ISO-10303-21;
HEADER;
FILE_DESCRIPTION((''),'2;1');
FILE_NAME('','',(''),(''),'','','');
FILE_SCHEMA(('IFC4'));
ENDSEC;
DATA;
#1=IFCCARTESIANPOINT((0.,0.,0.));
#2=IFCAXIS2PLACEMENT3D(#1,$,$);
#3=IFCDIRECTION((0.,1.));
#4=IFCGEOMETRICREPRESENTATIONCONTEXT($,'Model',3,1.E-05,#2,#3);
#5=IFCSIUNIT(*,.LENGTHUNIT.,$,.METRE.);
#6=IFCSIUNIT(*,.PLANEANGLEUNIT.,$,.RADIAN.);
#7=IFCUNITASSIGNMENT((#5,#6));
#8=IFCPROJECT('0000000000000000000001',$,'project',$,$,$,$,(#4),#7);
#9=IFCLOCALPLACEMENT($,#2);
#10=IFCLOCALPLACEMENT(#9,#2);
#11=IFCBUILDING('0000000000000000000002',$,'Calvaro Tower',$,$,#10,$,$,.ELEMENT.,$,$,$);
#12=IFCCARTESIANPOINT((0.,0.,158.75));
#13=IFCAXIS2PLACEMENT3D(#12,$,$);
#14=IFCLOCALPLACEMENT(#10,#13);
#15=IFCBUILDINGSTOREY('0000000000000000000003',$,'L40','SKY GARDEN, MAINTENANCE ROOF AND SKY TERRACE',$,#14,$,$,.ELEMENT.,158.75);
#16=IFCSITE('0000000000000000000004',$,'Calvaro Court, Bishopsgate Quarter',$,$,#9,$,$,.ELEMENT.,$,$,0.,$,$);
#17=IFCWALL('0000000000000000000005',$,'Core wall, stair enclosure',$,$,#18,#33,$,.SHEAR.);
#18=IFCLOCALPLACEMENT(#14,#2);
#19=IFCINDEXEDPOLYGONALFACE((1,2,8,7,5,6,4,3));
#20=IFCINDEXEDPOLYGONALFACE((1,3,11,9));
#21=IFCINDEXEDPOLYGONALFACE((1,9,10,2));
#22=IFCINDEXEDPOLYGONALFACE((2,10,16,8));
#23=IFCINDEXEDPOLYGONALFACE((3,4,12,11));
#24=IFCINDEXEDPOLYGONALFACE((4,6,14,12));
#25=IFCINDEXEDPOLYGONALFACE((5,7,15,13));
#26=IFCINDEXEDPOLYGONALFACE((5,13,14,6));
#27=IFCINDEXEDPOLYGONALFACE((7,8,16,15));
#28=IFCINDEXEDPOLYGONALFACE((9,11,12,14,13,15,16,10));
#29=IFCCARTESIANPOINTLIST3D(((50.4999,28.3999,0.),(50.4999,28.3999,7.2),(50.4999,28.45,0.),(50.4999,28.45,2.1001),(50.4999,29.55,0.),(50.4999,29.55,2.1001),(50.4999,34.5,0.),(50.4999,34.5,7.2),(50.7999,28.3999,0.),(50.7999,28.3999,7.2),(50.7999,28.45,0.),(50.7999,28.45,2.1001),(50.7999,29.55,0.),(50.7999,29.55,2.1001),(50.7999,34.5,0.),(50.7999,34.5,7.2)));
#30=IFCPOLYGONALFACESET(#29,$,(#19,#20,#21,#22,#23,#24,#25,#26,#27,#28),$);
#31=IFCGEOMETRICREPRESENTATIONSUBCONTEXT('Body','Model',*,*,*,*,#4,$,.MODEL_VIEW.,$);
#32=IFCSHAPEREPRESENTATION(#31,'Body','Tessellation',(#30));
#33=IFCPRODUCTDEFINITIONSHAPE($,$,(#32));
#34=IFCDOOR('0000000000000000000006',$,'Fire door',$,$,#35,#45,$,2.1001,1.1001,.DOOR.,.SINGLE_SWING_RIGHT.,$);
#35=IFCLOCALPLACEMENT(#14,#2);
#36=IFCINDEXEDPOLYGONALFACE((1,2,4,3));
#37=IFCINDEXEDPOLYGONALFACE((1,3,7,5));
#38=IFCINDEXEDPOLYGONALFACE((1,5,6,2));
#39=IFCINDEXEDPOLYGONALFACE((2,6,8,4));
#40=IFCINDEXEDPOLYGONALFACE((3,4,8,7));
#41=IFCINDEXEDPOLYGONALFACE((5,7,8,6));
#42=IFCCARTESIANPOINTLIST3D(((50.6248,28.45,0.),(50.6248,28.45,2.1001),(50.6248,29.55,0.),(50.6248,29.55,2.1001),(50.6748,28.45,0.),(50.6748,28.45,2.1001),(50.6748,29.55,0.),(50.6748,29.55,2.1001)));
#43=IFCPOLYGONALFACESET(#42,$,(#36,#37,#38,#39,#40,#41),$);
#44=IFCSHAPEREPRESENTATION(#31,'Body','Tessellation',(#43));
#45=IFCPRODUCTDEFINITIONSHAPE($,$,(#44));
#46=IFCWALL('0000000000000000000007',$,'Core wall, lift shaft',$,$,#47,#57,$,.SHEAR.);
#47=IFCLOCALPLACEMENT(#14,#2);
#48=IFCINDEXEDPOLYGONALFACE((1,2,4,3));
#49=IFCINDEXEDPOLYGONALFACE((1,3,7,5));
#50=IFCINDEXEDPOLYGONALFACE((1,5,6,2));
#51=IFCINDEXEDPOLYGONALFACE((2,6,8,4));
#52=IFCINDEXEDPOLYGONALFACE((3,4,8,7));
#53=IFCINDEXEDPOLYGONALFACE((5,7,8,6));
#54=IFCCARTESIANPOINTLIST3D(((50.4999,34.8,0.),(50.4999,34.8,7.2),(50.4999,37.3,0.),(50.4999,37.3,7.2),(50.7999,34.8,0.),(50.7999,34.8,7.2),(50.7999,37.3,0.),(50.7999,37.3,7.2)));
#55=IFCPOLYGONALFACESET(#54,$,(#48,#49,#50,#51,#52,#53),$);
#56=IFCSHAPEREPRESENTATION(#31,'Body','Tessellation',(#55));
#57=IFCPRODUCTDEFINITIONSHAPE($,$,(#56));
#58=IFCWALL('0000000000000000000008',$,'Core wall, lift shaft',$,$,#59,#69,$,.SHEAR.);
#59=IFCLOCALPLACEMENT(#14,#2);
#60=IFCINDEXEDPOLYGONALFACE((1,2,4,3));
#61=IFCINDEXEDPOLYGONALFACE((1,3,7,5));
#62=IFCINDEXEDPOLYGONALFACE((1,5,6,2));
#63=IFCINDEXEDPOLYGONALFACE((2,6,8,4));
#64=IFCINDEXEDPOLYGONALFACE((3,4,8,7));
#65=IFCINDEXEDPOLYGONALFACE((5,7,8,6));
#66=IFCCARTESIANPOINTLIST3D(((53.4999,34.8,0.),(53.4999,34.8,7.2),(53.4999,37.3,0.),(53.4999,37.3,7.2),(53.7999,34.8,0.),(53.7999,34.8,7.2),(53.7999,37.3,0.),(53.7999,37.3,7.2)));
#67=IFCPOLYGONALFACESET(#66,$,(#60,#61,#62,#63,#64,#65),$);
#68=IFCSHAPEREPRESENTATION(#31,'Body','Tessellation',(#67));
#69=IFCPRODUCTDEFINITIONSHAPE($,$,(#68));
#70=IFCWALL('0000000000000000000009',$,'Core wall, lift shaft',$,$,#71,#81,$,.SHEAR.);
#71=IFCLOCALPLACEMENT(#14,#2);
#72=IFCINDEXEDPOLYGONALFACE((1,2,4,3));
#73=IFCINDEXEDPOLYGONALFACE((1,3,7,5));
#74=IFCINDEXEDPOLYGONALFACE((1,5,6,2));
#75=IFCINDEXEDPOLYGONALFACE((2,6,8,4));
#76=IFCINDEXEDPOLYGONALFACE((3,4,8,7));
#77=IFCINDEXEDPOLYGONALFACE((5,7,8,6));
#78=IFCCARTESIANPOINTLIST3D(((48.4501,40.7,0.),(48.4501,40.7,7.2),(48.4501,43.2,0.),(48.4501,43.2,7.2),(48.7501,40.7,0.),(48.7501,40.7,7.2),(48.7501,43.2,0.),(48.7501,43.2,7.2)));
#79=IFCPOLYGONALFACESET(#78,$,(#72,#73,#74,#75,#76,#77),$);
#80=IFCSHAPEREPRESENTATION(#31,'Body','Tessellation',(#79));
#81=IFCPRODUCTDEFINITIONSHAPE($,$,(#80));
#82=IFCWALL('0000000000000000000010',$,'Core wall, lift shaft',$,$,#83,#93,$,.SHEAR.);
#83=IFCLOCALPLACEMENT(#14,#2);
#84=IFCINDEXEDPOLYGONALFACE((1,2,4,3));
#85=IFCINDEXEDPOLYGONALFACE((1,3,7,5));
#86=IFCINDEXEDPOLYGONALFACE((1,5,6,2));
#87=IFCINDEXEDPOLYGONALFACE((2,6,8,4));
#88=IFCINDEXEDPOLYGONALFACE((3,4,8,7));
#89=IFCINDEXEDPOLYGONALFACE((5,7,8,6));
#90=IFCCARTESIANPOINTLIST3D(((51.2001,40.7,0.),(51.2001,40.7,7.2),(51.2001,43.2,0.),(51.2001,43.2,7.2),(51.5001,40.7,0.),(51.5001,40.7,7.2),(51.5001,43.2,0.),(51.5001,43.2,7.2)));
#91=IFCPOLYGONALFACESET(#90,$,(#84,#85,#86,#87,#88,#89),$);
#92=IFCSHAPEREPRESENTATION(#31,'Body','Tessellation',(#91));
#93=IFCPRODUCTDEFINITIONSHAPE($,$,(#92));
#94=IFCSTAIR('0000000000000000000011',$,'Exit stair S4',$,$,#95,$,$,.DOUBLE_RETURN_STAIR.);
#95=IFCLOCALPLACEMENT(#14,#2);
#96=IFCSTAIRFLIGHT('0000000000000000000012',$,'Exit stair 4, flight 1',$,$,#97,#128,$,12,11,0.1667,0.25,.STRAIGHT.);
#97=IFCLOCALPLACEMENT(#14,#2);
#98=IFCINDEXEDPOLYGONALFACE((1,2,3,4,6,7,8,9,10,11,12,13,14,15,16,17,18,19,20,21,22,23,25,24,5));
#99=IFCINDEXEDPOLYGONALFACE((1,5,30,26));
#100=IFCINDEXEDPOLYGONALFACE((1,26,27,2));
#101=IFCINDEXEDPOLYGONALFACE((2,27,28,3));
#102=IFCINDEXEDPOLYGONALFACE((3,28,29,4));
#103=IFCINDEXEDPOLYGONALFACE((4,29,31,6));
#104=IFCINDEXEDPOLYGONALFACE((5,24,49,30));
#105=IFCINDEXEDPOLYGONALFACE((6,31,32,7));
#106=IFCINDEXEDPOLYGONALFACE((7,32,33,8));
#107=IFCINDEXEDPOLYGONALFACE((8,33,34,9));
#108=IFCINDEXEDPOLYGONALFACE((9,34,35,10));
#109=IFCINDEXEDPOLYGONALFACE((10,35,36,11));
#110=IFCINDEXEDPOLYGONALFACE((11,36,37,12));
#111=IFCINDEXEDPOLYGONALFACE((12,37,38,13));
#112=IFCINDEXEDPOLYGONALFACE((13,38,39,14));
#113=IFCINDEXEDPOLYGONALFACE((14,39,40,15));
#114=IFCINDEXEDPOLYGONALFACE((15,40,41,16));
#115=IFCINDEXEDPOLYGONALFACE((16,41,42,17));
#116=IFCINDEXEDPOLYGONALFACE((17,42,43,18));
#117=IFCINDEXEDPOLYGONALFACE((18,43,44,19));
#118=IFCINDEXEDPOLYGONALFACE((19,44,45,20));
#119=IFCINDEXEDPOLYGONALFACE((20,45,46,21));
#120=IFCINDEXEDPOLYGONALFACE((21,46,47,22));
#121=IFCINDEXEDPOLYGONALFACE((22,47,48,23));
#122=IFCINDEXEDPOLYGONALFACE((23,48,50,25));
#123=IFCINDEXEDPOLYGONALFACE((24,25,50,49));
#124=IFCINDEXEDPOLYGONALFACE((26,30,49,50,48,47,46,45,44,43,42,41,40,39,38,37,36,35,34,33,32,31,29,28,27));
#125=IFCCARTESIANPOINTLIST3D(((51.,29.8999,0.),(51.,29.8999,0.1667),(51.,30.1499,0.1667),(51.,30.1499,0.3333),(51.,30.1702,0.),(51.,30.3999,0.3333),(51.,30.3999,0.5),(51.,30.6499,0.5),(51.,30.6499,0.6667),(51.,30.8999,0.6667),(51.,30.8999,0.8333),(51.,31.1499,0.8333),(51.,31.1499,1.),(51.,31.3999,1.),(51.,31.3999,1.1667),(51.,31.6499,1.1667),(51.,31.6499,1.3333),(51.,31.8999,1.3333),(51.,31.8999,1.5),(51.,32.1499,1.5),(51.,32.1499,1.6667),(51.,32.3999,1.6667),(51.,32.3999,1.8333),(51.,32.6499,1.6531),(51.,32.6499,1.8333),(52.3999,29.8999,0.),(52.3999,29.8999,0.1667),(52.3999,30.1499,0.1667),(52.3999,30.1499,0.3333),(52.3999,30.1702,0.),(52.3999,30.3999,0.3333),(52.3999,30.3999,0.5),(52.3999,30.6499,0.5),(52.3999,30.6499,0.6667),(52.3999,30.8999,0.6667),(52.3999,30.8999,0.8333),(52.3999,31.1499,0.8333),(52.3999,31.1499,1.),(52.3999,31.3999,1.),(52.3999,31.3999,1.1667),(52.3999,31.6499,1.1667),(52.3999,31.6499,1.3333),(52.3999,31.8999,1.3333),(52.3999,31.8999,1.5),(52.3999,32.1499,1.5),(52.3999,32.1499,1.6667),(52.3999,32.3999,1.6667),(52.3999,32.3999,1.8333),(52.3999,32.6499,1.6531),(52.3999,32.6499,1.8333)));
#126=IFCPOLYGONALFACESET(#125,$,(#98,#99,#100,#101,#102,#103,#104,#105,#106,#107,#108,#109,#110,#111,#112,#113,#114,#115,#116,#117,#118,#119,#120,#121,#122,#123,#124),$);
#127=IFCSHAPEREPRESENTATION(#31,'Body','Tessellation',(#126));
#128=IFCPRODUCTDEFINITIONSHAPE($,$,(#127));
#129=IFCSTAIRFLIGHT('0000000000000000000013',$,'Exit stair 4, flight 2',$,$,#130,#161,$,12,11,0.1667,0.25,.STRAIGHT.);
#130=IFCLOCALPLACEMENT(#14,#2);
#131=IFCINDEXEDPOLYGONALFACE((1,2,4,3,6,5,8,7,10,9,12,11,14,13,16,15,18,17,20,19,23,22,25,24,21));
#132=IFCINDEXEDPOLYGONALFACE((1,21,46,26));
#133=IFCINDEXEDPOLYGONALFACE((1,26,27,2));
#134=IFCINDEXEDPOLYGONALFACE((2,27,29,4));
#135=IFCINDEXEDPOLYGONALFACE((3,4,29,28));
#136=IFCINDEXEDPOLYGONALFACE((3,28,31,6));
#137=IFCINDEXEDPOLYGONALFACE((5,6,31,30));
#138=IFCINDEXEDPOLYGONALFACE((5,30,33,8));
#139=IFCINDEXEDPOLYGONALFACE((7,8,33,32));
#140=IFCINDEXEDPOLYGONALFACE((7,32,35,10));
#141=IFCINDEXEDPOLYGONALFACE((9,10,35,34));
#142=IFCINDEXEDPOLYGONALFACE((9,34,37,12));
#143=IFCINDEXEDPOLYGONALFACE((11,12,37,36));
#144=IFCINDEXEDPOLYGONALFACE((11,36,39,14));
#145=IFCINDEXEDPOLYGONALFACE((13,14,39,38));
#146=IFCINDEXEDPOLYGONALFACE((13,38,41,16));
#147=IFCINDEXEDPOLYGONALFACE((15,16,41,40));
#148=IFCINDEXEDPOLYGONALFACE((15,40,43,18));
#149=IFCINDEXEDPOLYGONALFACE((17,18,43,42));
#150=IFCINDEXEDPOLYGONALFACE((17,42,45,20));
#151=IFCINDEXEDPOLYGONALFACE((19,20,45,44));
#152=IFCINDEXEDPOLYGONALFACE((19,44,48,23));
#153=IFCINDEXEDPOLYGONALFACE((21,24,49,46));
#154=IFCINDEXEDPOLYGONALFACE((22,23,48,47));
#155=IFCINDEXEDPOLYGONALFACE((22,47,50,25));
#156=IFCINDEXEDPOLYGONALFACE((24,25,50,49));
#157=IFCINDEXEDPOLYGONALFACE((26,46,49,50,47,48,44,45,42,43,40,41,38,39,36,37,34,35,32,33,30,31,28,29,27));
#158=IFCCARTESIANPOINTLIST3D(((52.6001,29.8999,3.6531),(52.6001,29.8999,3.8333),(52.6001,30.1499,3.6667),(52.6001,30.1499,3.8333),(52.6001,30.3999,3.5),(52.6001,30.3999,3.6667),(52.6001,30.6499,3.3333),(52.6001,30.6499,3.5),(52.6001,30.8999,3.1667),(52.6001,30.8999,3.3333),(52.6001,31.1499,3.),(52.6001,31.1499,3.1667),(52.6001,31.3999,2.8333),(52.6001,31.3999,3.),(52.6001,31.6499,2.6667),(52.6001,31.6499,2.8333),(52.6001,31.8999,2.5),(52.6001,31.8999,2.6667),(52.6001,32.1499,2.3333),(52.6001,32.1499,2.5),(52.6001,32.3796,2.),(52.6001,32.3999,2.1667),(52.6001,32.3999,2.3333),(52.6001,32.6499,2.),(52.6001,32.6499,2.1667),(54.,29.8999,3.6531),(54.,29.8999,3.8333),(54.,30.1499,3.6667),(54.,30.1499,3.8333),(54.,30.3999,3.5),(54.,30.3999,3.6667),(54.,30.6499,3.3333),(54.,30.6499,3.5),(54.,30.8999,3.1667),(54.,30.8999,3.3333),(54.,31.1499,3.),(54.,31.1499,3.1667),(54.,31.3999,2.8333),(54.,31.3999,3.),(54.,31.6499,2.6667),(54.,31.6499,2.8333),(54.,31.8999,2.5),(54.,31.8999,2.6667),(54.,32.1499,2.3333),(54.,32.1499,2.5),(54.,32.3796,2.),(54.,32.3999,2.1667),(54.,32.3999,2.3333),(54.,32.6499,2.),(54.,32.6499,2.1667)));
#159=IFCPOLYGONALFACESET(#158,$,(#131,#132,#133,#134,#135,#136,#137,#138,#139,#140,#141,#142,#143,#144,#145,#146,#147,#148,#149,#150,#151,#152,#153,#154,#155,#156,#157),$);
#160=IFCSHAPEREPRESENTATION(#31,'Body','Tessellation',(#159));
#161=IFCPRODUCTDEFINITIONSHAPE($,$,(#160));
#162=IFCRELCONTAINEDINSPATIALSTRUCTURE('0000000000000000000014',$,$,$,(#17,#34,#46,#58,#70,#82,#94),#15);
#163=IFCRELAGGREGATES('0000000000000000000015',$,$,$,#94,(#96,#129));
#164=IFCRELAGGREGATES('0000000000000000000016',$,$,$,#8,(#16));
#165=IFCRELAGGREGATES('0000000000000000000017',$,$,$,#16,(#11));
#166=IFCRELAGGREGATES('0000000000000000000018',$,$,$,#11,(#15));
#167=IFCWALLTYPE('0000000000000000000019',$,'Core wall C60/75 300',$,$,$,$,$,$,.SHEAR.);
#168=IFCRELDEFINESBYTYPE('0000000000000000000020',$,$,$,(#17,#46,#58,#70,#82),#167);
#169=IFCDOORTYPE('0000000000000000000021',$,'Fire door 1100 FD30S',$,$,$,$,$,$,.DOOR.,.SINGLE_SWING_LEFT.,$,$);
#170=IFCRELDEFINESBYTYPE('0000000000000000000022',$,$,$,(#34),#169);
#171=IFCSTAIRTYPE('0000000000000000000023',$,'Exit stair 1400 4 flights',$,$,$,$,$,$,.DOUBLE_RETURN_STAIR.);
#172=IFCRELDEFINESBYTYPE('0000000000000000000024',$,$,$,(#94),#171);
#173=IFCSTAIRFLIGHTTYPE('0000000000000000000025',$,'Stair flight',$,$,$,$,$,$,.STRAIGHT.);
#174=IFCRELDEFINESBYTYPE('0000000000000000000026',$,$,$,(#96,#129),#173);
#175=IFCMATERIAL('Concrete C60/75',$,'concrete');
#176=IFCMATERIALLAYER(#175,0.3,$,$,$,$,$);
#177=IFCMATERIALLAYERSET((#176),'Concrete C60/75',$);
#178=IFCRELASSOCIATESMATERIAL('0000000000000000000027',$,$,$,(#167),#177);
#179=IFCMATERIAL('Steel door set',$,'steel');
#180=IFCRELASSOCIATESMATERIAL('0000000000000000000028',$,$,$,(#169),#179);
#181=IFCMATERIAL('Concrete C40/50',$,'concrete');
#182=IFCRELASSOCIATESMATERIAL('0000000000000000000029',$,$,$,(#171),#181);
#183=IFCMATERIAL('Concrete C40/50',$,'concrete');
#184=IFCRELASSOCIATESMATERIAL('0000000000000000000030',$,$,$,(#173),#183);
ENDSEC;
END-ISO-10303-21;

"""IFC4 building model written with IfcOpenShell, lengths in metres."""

from ifc_helpers import new_model, si_unit, direction, frame, frame_2d, origin, place, context, subcontext, project, spatial, polyline, rectangle, outline, extrude, material, layer, layer_set, type_object, element, fill, aggregate, save


model = new_model("IFC4")

# Units and contexts
model_context = context("Model", 3, precision=1e-05, world=origin(), true_north=direction((0.0, 1.0)))
body_context = subcontext(model_context, "Body", "Model", "MODEL_VIEW")
ifc_project = project(units=[si_unit("LENGTHUNIT", "METRE"), si_unit("PLANEANGLEUNIT", "RADIAN")], contexts=[model_context])

# Site, building, storey
site_placement = place(None, origin())
site = spatial("IfcSite", under=ifc_project, at=site_placement, Name="Calvaro Court, Bishopsgate Quarter", CompositionType="ELEMENT", RefElevation=0.0)
building_placement = place(site_placement, origin())
building = spatial("IfcBuilding", under=site, at=building_placement, Name="Calvaro Tower", CompositionType="ELEMENT")
storey_placement = place(building_placement, frame((0.0, 0.0, 158.75)))
storey = spatial("IfcBuildingStorey", under=building, at=storey_placement, Name="L40", Description="SKY GARDEN, MAINTENANCE ROOF AND SKY TERRACE", CompositionType="ELEMENT", Elevation=158.75)

# Wall, opening, door
ifc_material_1 = material(Name="Concrete C60/75", Category="concrete")
ifc_layer = layer(ifc_material_1, 0.3)
ifc_layer_set = layer_set([ifc_layer], Name="Concrete C60/75")
wall_type = type_object("IfcWallType", Name="Core wall C60/75 300", PredefinedType="SHEAR", material=ifc_layer_set)
wall_placement = place(storey_placement, frame((50.6499, 34.5, 0.0), z_axis=(0.0, 0.0, 1.0), x_axis=(0.0, -1.0, 0.0)))
wall = element("IfcWall", 1, at=wall_placement, inside=storey, type_object=wall_type, Name="Core wall, stair enclosure", PredefinedType="SHEAR", context=body_context, shape_type="SweptSolid", body=[
    extrude(rectangle(XDim=6.1001, YDim=0.3, at=frame_2d((3.05, 0.0))), origin(), (0.0, 0.0, 1.0), 7.2),
])
opening_placement = place(wall_placement, frame((4.95, 0.0, 0.0)))
opening = element("IfcOpeningElement", 2, at=opening_placement, cuts=wall, PredefinedType="OPENING", context=body_context, shape_type="SweptSolid", body=[
    extrude(rectangle(XDim=1.1001, YDim=2.1001, at=frame_2d((0.55, 1.05))), frame((0.0, 0.1599, 0.0), z_axis=(0.0, -1.0, 0.0), x_axis=(1.0, 0.0, 0.0)), (0.0, 0.0, 1.0), 0.3201),
])
ifc_material_2 = material(Name="Steel door set", Category="steel")
door_type = type_object("IfcDoorType", Name="Fire door 1100 FD30S", OperationType="SINGLE_SWING_LEFT", PredefinedType="DOOR", material=ifc_material_2)
door_placement = place(opening_placement, origin())
door = element("IfcDoor", 3, at=door_placement, inside=storey, type_object=door_type, Name="Fire door", OperationType="SINGLE_SWING_RIGHT", OverallHeight=2.1001, OverallWidth=1.1001, PredefinedType="DOOR", context=body_context, shape_type="SweptSolid", body=[
    extrude(rectangle(XDim=1.1001, YDim=2.1001, at=frame_2d((0.55, 1.05))), frame((0.0, 0.0249, 0.0), z_axis=(0.0, -1.0, 0.0), x_axis=(1.0, 0.0, 0.0)), (0.0, 0.0, 1.0), 0.05),
])
fill(opening, door)

# Walls
for number, where, z_axis, x_axis, name in (
    (4, (50.6499, 34.8, 0.0), (0.0, 0.0, 1.0), (0.0, 1.0, 0.0), "Core wall, lift shaft"),
    (5, (53.6499, 34.8, 0.0), (0.0, 0.0, 1.0), (0.0, 1.0, 0.0), "Core wall, lift shaft"),
    (6, (48.6001, 40.7, 0.0), (0.0, 0.0, 1.0), (0.0, 1.0, 0.0), "Core wall, lift shaft"),
    (7, (51.3501, 40.7, 0.0), (0.0, 0.0, 1.0), (0.0, 1.0, 0.0), "Core wall, lift shaft"),
):
    element("IfcWall", number, at=place(storey_placement, frame(where, z_axis=z_axis, x_axis=x_axis)), inside=storey, type_object=wall_type, Name=name, PredefinedType="SHEAR", context=body_context, shape_type="SweptSolid", body=[
        extrude(rectangle(XDim=2.5, YDim=0.3, at=frame_2d((1.25, 0.0))), origin(), (0.0, 0.0, 1.0), 7.2),
    ])

# Stair, stair flights
ifc_material_3 = material(Name="Concrete C40/50", Category="concrete")
stair_type = type_object("IfcStairType", Name="Exit stair 1400 4 flights", PredefinedType="DOUBLE_RETURN_STAIR", material=ifc_material_3)
stair_placement = place(storey_placement, origin())
stair = element("IfcStair", 8, at=stair_placement, inside=storey, type_object=stair_type, Name="Exit stair S4", PredefinedType="DOUBLE_RETURN_STAIR")
ifc_material_4 = material(Name="Concrete C40/50", Category="concrete")
stair_flight_type = type_object("IfcStairFlightType", Name="Stair flight", PredefinedType="STRAIGHT", material=ifc_material_4)
stair_flight_1_placement = place(storey_placement, frame((51.7, 29.8999, 0.0), z_axis=(0.0, 0.0, 1.0), x_axis=(0.0, 1.0, 0.0)))
stair_flight_1 = element("IfcStairFlight", 9, at=stair_flight_1_placement, type_object=stair_flight_type, Name="Exit stair 4, flight 1", NumberOfRisers=12, NumberOfTreads=11, PredefinedType="STRAIGHT", RiserHeight=0.1667, TreadLength=0.25, context=body_context, shape_type="SweptSolid", body=[
    extrude(outline(polyline([(0.0, 0.0), (0.0, 0.1667), (0.25, 0.1667), (0.25, 0.3333), (0.5, 0.3333), (0.5, 0.5), (0.75, 0.5), (0.75, 0.6667), (1.0, 0.6667), (1.0, 0.8333), (1.25, 0.8333), (1.25, 1.0), (1.5, 1.0), (1.5, 1.1667), (1.75, 1.1667), (1.75, 1.3333), (2.0, 1.3333), (2.0, 1.5), (2.25, 1.5), (2.25, 1.6667), (2.5, 1.6667), (2.5, 1.8333), (2.75, 1.8333), (2.75, 2.0), (2.75, 1.6531), (0.2703, 0.0), (0.0, 0.0)])), frame((0.0, 0.7, 0.0), z_axis=(0.0, -1.0, 0.0), x_axis=(1.0, 0.0, 0.0)), (0.0, 0.0, 1.0), 1.3999),
])
stair_flight_2_placement = place(storey_placement, frame((53.3, 32.6499, 2.0), z_axis=(0.0, 0.0, 1.0), x_axis=(0.0, -1.0, 0.0)))
stair_flight_2 = element("IfcStairFlight", 10, at=stair_flight_2_placement, type_object=stair_flight_type, Name="Exit stair 4, flight 2", NumberOfRisers=12, NumberOfTreads=11, PredefinedType="STRAIGHT", RiserHeight=0.1667, TreadLength=0.25, context=body_context, shape_type="SweptSolid", body=[
    extrude(outline(polyline([(0.0, 0.0), (0.0, 0.1667), (0.25, 0.1667), (0.25, 0.3333), (0.5, 0.3333), (0.5, 0.5), (0.75, 0.5), (0.75, 0.6667), (1.0, 0.6667), (1.0, 0.8333), (1.25, 0.8333), (1.25, 1.0), (1.5, 1.0), (1.5, 1.1667), (1.75, 1.1667), (1.75, 1.3333), (2.0, 1.3333), (2.0, 1.5), (2.25, 1.5), (2.25, 1.6667), (2.5, 1.6667), (2.5, 1.8333), (2.75, 1.8333), (2.75, 2.0), (2.75, 1.6531), (0.2703, 0.0), (0.0, 0.0)])), frame((0.0, 0.7, 0.0), z_axis=(0.0, -1.0, 0.0), x_axis=(1.0, 0.0, 0.0)), (0.0, 0.0, 1.0), 1.3999),
])
aggregate(stair, [stair_flight_1, stair_flight_2])

save(model, "model.ifc")
